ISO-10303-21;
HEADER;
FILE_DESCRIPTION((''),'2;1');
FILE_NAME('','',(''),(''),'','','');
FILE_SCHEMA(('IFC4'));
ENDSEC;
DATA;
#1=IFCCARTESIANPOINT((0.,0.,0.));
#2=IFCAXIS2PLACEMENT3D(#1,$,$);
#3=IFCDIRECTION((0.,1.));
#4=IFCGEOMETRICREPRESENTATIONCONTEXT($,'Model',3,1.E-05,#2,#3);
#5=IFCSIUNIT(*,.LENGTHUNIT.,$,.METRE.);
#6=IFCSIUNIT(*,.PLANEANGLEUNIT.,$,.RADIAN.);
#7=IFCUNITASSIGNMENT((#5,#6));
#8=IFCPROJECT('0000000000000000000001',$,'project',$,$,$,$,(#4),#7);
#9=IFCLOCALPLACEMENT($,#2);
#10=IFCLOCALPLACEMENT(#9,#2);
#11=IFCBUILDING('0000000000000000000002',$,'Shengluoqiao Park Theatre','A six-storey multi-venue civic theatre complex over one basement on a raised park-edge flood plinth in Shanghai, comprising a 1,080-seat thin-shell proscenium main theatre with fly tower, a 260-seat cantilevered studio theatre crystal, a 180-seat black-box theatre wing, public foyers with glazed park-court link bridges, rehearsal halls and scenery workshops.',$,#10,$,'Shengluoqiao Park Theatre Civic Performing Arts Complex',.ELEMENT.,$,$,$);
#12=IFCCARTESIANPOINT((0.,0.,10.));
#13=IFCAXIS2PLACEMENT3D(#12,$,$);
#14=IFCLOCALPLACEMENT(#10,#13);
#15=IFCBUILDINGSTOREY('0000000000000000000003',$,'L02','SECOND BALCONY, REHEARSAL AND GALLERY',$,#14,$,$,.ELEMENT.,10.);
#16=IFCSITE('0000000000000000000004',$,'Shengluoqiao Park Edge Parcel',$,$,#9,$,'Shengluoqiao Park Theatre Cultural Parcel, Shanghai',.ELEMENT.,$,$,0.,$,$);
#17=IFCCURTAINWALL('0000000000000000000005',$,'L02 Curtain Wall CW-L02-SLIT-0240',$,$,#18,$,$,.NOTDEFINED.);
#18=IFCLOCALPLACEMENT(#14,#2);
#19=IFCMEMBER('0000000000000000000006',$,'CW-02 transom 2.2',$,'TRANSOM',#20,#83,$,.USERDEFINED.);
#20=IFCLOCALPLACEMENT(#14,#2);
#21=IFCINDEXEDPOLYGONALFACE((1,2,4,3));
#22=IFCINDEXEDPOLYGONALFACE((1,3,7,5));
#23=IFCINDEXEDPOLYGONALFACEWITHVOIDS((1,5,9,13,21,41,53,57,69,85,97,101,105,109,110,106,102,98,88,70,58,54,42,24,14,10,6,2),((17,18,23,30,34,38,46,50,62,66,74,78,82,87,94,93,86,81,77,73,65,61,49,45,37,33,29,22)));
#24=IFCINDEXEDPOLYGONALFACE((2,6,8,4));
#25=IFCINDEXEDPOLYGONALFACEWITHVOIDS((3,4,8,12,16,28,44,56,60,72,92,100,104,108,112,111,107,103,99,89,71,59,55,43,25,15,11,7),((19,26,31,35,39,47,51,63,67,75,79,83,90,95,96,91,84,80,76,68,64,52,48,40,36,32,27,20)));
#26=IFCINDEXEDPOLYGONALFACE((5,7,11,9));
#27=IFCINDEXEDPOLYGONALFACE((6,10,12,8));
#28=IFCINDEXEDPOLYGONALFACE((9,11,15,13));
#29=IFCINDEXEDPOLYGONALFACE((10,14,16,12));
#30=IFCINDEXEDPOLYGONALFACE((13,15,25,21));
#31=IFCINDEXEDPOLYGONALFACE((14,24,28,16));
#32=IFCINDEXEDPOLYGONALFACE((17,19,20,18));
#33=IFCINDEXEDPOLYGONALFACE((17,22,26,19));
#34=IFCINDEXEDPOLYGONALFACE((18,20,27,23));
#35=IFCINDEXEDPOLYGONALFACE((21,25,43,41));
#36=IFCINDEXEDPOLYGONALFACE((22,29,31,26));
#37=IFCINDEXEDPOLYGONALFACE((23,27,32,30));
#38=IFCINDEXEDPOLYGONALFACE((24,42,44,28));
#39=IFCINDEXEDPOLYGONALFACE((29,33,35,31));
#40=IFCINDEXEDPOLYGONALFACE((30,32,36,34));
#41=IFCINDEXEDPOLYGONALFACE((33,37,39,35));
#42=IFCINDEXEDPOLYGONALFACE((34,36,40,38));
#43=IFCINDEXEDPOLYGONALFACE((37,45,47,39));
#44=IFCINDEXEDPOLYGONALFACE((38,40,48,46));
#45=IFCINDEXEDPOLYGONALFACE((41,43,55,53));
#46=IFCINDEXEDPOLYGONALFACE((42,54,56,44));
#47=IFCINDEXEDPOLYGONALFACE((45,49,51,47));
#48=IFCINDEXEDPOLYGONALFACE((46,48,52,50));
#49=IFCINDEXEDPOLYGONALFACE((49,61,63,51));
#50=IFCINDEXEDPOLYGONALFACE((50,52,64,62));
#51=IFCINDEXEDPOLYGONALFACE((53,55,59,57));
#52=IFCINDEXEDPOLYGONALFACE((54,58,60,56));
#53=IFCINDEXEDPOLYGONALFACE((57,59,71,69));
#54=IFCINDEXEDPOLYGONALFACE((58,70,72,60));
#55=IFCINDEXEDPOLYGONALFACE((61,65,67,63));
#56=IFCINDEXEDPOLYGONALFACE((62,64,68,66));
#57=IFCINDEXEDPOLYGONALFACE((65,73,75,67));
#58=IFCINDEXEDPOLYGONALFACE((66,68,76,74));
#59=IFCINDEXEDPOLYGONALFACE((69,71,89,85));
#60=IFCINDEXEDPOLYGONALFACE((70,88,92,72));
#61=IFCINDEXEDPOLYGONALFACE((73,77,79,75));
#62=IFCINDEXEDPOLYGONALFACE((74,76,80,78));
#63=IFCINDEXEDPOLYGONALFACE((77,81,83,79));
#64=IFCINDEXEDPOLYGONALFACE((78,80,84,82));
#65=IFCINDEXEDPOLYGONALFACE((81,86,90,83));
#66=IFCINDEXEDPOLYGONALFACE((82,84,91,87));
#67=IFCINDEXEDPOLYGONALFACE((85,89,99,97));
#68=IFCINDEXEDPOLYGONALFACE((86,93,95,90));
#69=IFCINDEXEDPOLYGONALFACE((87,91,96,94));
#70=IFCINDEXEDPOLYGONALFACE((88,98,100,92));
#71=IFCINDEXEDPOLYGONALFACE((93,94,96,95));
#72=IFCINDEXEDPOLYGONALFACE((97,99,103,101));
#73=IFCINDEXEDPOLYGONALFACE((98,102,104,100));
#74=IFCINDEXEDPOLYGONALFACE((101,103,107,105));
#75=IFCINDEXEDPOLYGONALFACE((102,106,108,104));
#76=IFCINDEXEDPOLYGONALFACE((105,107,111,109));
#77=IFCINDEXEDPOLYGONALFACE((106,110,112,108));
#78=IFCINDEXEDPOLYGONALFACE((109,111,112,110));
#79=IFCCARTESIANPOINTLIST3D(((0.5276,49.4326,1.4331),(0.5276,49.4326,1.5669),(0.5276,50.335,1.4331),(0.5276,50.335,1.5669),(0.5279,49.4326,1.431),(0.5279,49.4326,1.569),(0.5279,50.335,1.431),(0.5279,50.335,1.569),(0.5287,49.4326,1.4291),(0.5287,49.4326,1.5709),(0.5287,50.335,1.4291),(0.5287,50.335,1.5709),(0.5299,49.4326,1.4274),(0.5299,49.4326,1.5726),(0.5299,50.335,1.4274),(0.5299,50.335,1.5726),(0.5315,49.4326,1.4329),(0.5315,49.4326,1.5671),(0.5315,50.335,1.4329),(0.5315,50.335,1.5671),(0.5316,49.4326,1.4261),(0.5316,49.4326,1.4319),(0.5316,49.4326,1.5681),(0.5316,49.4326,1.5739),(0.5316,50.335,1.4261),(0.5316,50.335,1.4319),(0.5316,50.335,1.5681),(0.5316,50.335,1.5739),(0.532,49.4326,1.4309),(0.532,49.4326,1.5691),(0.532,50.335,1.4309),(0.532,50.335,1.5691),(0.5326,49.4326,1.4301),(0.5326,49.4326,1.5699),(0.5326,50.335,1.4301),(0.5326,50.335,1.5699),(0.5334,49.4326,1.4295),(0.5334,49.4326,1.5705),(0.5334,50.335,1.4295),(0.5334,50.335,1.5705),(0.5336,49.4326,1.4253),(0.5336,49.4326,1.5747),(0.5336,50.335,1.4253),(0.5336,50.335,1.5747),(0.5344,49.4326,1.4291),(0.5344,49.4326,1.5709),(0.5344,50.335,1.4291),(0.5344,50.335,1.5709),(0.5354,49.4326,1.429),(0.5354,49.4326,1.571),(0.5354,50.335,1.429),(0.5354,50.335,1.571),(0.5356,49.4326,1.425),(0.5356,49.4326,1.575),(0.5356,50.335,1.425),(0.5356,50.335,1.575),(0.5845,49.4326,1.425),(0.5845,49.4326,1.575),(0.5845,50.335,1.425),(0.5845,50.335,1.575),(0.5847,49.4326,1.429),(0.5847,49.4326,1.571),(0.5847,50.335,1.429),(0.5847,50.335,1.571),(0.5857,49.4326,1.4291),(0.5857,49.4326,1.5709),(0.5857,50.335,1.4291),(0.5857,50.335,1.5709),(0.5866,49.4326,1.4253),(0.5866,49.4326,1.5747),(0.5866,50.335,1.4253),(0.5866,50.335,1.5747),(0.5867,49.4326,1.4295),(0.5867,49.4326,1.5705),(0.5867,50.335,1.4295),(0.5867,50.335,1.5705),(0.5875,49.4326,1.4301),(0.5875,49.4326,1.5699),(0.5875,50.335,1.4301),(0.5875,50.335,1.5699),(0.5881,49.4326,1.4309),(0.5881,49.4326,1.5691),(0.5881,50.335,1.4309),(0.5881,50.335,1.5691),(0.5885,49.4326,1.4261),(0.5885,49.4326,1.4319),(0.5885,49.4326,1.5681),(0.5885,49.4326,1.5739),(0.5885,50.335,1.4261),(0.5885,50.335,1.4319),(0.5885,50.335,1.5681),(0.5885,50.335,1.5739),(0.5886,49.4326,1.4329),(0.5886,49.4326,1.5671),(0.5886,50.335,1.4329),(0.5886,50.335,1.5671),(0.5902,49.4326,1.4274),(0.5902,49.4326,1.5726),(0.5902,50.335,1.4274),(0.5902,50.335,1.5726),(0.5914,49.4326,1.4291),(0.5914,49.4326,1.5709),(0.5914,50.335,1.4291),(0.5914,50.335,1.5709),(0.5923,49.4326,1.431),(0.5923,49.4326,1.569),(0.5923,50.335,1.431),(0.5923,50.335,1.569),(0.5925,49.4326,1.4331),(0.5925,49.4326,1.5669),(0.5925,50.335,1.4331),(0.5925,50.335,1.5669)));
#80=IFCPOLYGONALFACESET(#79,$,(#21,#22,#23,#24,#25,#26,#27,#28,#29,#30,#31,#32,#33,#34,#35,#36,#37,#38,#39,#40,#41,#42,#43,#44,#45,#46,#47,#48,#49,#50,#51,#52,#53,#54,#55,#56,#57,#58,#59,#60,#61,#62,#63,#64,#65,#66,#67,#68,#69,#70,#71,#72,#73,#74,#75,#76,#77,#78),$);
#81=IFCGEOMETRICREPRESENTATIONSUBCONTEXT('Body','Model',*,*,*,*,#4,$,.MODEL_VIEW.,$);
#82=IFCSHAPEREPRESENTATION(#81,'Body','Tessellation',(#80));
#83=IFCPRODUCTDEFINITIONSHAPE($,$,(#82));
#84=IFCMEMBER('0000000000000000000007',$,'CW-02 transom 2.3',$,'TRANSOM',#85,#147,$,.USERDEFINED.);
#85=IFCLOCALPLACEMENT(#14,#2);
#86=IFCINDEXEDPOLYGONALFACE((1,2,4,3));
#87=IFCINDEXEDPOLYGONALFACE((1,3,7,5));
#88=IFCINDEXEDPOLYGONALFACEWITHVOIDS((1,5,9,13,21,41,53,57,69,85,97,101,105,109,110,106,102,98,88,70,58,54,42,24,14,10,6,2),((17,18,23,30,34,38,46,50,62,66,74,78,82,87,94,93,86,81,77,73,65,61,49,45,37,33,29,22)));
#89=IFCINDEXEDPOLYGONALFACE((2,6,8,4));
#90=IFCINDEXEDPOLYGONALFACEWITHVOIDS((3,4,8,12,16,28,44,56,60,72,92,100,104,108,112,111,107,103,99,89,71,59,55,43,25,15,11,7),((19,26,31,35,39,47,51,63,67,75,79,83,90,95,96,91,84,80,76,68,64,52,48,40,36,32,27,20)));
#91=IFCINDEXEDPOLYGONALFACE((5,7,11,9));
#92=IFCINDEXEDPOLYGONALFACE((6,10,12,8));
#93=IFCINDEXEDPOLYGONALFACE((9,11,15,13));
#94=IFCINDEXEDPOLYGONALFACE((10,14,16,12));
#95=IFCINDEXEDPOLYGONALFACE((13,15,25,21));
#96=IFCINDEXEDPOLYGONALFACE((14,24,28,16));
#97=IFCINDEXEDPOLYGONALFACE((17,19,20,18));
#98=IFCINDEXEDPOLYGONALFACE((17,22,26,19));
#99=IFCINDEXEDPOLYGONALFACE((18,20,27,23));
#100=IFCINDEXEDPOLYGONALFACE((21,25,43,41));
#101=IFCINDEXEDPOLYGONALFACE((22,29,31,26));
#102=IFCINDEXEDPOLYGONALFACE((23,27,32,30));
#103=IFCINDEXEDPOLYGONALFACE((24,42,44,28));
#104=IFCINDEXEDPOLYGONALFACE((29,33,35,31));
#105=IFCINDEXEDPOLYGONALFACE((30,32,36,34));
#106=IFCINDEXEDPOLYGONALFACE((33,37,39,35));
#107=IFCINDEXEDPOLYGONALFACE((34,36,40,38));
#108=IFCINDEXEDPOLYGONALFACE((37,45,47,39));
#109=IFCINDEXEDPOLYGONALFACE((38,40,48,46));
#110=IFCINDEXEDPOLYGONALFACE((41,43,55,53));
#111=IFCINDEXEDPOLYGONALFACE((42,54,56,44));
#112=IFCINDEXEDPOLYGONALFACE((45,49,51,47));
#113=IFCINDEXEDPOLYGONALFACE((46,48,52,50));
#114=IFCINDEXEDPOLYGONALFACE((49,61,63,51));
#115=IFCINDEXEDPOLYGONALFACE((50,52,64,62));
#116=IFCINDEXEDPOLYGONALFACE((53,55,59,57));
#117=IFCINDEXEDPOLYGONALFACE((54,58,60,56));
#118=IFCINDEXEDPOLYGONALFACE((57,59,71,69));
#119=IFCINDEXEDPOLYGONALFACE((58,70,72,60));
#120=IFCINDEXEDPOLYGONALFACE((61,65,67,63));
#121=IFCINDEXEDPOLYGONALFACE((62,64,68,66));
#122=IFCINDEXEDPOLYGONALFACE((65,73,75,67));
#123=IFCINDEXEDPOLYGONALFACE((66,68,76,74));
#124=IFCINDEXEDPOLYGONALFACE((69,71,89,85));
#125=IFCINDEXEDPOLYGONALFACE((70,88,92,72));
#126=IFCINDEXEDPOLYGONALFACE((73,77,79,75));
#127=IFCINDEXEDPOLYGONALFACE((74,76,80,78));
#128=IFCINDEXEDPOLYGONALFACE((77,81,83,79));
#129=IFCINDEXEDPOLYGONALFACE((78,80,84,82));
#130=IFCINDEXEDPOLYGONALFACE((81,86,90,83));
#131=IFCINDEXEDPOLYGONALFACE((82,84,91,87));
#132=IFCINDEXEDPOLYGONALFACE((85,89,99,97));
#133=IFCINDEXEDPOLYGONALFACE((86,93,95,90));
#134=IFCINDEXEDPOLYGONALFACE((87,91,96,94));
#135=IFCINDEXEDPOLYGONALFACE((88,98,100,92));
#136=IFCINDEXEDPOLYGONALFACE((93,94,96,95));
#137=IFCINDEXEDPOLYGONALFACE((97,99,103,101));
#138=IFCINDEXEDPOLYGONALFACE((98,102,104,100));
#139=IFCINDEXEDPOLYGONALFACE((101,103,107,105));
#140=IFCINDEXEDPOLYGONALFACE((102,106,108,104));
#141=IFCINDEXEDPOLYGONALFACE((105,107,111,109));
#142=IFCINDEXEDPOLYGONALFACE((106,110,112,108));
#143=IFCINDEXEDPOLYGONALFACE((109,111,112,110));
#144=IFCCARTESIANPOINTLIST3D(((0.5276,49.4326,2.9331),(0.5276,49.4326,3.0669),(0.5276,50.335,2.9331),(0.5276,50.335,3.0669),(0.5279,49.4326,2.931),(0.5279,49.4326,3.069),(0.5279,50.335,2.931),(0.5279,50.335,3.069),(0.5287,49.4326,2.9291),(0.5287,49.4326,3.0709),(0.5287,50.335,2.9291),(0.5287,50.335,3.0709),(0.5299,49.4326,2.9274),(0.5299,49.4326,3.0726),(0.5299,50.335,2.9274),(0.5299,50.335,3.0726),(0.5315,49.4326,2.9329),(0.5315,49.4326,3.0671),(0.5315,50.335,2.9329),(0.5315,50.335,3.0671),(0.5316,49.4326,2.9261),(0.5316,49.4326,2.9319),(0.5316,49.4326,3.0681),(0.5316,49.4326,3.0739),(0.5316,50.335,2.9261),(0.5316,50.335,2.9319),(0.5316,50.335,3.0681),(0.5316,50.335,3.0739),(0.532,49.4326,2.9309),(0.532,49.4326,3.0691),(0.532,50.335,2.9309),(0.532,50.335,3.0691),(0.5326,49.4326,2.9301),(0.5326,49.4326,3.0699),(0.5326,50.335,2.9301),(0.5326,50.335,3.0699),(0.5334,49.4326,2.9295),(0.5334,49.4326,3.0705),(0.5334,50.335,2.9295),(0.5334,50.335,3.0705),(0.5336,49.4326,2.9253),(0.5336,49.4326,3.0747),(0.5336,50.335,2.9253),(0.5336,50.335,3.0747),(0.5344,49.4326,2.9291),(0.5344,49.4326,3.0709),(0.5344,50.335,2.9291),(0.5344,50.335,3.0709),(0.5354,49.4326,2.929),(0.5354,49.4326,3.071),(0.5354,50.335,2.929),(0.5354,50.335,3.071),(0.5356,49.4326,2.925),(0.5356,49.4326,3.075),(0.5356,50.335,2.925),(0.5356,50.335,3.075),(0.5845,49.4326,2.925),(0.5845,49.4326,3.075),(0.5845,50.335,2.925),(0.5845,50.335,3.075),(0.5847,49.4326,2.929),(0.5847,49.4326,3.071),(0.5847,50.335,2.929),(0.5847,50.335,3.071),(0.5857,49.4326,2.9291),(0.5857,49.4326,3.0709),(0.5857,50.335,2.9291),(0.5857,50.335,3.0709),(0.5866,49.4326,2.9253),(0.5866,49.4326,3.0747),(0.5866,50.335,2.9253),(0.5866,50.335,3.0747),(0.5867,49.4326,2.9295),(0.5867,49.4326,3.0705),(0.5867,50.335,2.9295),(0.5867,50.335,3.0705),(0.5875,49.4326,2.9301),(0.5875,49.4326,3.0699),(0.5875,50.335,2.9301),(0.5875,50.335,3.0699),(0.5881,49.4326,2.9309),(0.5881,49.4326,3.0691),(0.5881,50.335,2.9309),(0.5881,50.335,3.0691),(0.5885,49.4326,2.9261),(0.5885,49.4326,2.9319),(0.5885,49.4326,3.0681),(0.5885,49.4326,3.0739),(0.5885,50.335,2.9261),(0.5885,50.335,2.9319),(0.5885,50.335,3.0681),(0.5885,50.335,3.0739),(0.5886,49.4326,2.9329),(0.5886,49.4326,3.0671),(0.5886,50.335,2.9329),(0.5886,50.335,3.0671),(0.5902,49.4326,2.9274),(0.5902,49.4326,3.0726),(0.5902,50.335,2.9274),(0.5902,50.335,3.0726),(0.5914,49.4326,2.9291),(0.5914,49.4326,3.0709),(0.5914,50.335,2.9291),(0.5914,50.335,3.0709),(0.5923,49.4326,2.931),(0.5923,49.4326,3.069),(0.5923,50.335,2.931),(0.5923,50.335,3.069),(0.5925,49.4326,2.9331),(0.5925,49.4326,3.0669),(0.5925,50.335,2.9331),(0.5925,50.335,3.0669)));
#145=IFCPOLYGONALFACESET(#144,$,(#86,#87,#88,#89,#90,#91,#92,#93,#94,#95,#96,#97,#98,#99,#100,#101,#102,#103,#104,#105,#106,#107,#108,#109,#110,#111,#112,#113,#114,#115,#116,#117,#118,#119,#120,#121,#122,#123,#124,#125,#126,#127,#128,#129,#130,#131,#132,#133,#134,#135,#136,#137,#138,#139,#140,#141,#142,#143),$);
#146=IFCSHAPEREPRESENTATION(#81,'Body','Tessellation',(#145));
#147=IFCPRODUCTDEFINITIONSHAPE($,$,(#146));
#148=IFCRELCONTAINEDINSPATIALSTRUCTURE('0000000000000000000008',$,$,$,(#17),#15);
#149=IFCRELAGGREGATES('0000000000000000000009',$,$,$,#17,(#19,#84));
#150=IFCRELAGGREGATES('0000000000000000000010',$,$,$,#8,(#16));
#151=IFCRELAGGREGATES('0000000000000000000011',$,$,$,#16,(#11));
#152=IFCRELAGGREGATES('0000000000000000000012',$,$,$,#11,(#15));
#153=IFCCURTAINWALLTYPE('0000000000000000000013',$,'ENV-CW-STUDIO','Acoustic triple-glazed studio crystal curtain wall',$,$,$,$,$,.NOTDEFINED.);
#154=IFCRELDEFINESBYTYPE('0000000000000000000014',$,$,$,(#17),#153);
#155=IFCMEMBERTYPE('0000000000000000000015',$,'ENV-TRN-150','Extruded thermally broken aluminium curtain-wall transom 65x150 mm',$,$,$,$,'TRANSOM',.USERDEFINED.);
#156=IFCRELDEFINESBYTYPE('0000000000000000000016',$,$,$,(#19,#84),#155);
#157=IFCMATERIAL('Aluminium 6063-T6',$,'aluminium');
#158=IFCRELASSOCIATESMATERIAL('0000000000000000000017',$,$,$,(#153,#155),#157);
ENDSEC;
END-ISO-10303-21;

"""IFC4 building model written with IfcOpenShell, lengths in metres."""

from ifc_helpers import new_model, si_unit, direction, frame, origin, origin_2d, place, context, subcontext, project, spatial, hollow_rectangle, extrude, material, material_profile, profile_set, type_object, element, aggregate, save


model = new_model("IFC4")

# Units and contexts
model_context = context("Model", 3, precision=1e-05, world=origin(), true_north=direction((0.0, 1.0)))
body_context = subcontext(model_context, "Body", "Model", "MODEL_VIEW")
ifc_project = project(units=[si_unit("LENGTHUNIT", "METRE"), si_unit("PLANEANGLEUNIT", "RADIAN")], contexts=[model_context])

# Site, building, storey
site_placement = place(None, origin())
site = spatial("IfcSite", under=ifc_project, at=site_placement, Name="Shengluoqiao Park Edge Parcel", LongName="Shengluoqiao Park Theatre Cultural Parcel, Shanghai", CompositionType="ELEMENT", RefElevation=0.0)
building_placement = place(site_placement, origin())
building = spatial("IfcBuilding", under=site, at=building_placement, Name="Shengluoqiao Park Theatre", Description="A six-storey multi-venue civic theatre complex over one basement on a raised park-edge flood plinth in Shanghai, comprising a 1,080-seat thin-shell proscenium main theatre with fly tower, a 260-seat cantilevered studio theatre crystal, a 180-seat black-box theatre wing, public foyers with glazed park-court link bridges, rehearsal halls and scenery workshops.", LongName="Shengluoqiao Park Theatre Civic Performing Arts Complex", CompositionType="ELEMENT")
storey_placement = place(building_placement, frame((0.0, 0.0, 10.0)))
storey = spatial("IfcBuildingStorey", under=building, at=storey_placement, Name="L02", Description="SECOND BALCONY, REHEARSAL AND GALLERY", CompositionType="ELEMENT", Elevation=10.0)

# Curtain wall
ifc_material_1 = material(Name="Aluminium 6063-T6", Category="aluminium")
curtain_wall_type_1 = type_object("IfcCurtainWallType", Name="ENV-CW-STUDIO", Description="Acoustic triple-glazed studio crystal curtain wall", PredefinedType="NOTDEFINED", material=ifc_material_1)
curtain_wall_1_placement = place(storey_placement, origin())
curtain_wall_1 = element("IfcCurtainWall", 1, at=curtain_wall_1_placement, inside=storey, type_object=curtain_wall_type_1, Name="L02 Curtain Wall CW-L02-SLIT-0240", PredefinedType="NOTDEFINED")

# Members
ifc_material_profile_1 = material_profile(ifc_material_1, hollow_rectangle(XDim=0.0649, YDim=0.1499, WallThickness=0.0039, InnerFilletRadius=0.0039, OuterFilletRadius=0.0081, at=origin_2d()), Name="ALU TRANSOM 150x65x4")
ifc_profile_set_1 = profile_set([ifc_material_profile_1], Name="Aluminium 6063-T6")
member_type_1 = type_object("IfcMemberType", Name="ENV-TRN-150", Description="Extruded thermally broken aluminium curtain-wall transom 65x150 mm", ElementType="TRANSOM", PredefinedType="USERDEFINED", material=ifc_profile_set_1)
member_1_placement = place(storey_placement, frame((0.5601, 49.4326, 1.5), z_axis=(0.0, 1.0, 0.0), x_axis=(-1.0, 0.0, 0.0)))
member_1 = element("IfcMember", 2, at=member_1_placement, type_object=member_type_1, Name="CW-02 transom 2.2", ObjectType="TRANSOM", PredefinedType="USERDEFINED", context=body_context, shape_type="SweptSolid", body=[
    extrude(hollow_rectangle(XDim=0.0649, YDim=0.1499, WallThickness=0.0039, InnerFilletRadius=0.0039, OuterFilletRadius=0.0081, at=origin_2d()), origin(), (0.0, 0.0, 1.0), 0.9023),
])
member_2_placement = place(storey_placement, frame((0.5601, 49.4326, 3.0), z_axis=(0.0, 1.0, 0.0), x_axis=(-1.0, 0.0, 0.0)))
member_2 = element("IfcMember", 3, at=member_2_placement, type_object=member_type_1, Name="CW-02 transom 2.3", ObjectType="TRANSOM", PredefinedType="USERDEFINED", context=body_context, shape_type="SweptSolid", body=[
    extrude(hollow_rectangle(XDim=0.0649, YDim=0.1499, WallThickness=0.0039, InnerFilletRadius=0.0039, OuterFilletRadius=0.0081, at=origin_2d()), origin(), (0.0, 0.0, 1.0), 0.9023),
])

aggregate(curtain_wall_1, [member_1, member_2])

save(model, "model.ifc")
